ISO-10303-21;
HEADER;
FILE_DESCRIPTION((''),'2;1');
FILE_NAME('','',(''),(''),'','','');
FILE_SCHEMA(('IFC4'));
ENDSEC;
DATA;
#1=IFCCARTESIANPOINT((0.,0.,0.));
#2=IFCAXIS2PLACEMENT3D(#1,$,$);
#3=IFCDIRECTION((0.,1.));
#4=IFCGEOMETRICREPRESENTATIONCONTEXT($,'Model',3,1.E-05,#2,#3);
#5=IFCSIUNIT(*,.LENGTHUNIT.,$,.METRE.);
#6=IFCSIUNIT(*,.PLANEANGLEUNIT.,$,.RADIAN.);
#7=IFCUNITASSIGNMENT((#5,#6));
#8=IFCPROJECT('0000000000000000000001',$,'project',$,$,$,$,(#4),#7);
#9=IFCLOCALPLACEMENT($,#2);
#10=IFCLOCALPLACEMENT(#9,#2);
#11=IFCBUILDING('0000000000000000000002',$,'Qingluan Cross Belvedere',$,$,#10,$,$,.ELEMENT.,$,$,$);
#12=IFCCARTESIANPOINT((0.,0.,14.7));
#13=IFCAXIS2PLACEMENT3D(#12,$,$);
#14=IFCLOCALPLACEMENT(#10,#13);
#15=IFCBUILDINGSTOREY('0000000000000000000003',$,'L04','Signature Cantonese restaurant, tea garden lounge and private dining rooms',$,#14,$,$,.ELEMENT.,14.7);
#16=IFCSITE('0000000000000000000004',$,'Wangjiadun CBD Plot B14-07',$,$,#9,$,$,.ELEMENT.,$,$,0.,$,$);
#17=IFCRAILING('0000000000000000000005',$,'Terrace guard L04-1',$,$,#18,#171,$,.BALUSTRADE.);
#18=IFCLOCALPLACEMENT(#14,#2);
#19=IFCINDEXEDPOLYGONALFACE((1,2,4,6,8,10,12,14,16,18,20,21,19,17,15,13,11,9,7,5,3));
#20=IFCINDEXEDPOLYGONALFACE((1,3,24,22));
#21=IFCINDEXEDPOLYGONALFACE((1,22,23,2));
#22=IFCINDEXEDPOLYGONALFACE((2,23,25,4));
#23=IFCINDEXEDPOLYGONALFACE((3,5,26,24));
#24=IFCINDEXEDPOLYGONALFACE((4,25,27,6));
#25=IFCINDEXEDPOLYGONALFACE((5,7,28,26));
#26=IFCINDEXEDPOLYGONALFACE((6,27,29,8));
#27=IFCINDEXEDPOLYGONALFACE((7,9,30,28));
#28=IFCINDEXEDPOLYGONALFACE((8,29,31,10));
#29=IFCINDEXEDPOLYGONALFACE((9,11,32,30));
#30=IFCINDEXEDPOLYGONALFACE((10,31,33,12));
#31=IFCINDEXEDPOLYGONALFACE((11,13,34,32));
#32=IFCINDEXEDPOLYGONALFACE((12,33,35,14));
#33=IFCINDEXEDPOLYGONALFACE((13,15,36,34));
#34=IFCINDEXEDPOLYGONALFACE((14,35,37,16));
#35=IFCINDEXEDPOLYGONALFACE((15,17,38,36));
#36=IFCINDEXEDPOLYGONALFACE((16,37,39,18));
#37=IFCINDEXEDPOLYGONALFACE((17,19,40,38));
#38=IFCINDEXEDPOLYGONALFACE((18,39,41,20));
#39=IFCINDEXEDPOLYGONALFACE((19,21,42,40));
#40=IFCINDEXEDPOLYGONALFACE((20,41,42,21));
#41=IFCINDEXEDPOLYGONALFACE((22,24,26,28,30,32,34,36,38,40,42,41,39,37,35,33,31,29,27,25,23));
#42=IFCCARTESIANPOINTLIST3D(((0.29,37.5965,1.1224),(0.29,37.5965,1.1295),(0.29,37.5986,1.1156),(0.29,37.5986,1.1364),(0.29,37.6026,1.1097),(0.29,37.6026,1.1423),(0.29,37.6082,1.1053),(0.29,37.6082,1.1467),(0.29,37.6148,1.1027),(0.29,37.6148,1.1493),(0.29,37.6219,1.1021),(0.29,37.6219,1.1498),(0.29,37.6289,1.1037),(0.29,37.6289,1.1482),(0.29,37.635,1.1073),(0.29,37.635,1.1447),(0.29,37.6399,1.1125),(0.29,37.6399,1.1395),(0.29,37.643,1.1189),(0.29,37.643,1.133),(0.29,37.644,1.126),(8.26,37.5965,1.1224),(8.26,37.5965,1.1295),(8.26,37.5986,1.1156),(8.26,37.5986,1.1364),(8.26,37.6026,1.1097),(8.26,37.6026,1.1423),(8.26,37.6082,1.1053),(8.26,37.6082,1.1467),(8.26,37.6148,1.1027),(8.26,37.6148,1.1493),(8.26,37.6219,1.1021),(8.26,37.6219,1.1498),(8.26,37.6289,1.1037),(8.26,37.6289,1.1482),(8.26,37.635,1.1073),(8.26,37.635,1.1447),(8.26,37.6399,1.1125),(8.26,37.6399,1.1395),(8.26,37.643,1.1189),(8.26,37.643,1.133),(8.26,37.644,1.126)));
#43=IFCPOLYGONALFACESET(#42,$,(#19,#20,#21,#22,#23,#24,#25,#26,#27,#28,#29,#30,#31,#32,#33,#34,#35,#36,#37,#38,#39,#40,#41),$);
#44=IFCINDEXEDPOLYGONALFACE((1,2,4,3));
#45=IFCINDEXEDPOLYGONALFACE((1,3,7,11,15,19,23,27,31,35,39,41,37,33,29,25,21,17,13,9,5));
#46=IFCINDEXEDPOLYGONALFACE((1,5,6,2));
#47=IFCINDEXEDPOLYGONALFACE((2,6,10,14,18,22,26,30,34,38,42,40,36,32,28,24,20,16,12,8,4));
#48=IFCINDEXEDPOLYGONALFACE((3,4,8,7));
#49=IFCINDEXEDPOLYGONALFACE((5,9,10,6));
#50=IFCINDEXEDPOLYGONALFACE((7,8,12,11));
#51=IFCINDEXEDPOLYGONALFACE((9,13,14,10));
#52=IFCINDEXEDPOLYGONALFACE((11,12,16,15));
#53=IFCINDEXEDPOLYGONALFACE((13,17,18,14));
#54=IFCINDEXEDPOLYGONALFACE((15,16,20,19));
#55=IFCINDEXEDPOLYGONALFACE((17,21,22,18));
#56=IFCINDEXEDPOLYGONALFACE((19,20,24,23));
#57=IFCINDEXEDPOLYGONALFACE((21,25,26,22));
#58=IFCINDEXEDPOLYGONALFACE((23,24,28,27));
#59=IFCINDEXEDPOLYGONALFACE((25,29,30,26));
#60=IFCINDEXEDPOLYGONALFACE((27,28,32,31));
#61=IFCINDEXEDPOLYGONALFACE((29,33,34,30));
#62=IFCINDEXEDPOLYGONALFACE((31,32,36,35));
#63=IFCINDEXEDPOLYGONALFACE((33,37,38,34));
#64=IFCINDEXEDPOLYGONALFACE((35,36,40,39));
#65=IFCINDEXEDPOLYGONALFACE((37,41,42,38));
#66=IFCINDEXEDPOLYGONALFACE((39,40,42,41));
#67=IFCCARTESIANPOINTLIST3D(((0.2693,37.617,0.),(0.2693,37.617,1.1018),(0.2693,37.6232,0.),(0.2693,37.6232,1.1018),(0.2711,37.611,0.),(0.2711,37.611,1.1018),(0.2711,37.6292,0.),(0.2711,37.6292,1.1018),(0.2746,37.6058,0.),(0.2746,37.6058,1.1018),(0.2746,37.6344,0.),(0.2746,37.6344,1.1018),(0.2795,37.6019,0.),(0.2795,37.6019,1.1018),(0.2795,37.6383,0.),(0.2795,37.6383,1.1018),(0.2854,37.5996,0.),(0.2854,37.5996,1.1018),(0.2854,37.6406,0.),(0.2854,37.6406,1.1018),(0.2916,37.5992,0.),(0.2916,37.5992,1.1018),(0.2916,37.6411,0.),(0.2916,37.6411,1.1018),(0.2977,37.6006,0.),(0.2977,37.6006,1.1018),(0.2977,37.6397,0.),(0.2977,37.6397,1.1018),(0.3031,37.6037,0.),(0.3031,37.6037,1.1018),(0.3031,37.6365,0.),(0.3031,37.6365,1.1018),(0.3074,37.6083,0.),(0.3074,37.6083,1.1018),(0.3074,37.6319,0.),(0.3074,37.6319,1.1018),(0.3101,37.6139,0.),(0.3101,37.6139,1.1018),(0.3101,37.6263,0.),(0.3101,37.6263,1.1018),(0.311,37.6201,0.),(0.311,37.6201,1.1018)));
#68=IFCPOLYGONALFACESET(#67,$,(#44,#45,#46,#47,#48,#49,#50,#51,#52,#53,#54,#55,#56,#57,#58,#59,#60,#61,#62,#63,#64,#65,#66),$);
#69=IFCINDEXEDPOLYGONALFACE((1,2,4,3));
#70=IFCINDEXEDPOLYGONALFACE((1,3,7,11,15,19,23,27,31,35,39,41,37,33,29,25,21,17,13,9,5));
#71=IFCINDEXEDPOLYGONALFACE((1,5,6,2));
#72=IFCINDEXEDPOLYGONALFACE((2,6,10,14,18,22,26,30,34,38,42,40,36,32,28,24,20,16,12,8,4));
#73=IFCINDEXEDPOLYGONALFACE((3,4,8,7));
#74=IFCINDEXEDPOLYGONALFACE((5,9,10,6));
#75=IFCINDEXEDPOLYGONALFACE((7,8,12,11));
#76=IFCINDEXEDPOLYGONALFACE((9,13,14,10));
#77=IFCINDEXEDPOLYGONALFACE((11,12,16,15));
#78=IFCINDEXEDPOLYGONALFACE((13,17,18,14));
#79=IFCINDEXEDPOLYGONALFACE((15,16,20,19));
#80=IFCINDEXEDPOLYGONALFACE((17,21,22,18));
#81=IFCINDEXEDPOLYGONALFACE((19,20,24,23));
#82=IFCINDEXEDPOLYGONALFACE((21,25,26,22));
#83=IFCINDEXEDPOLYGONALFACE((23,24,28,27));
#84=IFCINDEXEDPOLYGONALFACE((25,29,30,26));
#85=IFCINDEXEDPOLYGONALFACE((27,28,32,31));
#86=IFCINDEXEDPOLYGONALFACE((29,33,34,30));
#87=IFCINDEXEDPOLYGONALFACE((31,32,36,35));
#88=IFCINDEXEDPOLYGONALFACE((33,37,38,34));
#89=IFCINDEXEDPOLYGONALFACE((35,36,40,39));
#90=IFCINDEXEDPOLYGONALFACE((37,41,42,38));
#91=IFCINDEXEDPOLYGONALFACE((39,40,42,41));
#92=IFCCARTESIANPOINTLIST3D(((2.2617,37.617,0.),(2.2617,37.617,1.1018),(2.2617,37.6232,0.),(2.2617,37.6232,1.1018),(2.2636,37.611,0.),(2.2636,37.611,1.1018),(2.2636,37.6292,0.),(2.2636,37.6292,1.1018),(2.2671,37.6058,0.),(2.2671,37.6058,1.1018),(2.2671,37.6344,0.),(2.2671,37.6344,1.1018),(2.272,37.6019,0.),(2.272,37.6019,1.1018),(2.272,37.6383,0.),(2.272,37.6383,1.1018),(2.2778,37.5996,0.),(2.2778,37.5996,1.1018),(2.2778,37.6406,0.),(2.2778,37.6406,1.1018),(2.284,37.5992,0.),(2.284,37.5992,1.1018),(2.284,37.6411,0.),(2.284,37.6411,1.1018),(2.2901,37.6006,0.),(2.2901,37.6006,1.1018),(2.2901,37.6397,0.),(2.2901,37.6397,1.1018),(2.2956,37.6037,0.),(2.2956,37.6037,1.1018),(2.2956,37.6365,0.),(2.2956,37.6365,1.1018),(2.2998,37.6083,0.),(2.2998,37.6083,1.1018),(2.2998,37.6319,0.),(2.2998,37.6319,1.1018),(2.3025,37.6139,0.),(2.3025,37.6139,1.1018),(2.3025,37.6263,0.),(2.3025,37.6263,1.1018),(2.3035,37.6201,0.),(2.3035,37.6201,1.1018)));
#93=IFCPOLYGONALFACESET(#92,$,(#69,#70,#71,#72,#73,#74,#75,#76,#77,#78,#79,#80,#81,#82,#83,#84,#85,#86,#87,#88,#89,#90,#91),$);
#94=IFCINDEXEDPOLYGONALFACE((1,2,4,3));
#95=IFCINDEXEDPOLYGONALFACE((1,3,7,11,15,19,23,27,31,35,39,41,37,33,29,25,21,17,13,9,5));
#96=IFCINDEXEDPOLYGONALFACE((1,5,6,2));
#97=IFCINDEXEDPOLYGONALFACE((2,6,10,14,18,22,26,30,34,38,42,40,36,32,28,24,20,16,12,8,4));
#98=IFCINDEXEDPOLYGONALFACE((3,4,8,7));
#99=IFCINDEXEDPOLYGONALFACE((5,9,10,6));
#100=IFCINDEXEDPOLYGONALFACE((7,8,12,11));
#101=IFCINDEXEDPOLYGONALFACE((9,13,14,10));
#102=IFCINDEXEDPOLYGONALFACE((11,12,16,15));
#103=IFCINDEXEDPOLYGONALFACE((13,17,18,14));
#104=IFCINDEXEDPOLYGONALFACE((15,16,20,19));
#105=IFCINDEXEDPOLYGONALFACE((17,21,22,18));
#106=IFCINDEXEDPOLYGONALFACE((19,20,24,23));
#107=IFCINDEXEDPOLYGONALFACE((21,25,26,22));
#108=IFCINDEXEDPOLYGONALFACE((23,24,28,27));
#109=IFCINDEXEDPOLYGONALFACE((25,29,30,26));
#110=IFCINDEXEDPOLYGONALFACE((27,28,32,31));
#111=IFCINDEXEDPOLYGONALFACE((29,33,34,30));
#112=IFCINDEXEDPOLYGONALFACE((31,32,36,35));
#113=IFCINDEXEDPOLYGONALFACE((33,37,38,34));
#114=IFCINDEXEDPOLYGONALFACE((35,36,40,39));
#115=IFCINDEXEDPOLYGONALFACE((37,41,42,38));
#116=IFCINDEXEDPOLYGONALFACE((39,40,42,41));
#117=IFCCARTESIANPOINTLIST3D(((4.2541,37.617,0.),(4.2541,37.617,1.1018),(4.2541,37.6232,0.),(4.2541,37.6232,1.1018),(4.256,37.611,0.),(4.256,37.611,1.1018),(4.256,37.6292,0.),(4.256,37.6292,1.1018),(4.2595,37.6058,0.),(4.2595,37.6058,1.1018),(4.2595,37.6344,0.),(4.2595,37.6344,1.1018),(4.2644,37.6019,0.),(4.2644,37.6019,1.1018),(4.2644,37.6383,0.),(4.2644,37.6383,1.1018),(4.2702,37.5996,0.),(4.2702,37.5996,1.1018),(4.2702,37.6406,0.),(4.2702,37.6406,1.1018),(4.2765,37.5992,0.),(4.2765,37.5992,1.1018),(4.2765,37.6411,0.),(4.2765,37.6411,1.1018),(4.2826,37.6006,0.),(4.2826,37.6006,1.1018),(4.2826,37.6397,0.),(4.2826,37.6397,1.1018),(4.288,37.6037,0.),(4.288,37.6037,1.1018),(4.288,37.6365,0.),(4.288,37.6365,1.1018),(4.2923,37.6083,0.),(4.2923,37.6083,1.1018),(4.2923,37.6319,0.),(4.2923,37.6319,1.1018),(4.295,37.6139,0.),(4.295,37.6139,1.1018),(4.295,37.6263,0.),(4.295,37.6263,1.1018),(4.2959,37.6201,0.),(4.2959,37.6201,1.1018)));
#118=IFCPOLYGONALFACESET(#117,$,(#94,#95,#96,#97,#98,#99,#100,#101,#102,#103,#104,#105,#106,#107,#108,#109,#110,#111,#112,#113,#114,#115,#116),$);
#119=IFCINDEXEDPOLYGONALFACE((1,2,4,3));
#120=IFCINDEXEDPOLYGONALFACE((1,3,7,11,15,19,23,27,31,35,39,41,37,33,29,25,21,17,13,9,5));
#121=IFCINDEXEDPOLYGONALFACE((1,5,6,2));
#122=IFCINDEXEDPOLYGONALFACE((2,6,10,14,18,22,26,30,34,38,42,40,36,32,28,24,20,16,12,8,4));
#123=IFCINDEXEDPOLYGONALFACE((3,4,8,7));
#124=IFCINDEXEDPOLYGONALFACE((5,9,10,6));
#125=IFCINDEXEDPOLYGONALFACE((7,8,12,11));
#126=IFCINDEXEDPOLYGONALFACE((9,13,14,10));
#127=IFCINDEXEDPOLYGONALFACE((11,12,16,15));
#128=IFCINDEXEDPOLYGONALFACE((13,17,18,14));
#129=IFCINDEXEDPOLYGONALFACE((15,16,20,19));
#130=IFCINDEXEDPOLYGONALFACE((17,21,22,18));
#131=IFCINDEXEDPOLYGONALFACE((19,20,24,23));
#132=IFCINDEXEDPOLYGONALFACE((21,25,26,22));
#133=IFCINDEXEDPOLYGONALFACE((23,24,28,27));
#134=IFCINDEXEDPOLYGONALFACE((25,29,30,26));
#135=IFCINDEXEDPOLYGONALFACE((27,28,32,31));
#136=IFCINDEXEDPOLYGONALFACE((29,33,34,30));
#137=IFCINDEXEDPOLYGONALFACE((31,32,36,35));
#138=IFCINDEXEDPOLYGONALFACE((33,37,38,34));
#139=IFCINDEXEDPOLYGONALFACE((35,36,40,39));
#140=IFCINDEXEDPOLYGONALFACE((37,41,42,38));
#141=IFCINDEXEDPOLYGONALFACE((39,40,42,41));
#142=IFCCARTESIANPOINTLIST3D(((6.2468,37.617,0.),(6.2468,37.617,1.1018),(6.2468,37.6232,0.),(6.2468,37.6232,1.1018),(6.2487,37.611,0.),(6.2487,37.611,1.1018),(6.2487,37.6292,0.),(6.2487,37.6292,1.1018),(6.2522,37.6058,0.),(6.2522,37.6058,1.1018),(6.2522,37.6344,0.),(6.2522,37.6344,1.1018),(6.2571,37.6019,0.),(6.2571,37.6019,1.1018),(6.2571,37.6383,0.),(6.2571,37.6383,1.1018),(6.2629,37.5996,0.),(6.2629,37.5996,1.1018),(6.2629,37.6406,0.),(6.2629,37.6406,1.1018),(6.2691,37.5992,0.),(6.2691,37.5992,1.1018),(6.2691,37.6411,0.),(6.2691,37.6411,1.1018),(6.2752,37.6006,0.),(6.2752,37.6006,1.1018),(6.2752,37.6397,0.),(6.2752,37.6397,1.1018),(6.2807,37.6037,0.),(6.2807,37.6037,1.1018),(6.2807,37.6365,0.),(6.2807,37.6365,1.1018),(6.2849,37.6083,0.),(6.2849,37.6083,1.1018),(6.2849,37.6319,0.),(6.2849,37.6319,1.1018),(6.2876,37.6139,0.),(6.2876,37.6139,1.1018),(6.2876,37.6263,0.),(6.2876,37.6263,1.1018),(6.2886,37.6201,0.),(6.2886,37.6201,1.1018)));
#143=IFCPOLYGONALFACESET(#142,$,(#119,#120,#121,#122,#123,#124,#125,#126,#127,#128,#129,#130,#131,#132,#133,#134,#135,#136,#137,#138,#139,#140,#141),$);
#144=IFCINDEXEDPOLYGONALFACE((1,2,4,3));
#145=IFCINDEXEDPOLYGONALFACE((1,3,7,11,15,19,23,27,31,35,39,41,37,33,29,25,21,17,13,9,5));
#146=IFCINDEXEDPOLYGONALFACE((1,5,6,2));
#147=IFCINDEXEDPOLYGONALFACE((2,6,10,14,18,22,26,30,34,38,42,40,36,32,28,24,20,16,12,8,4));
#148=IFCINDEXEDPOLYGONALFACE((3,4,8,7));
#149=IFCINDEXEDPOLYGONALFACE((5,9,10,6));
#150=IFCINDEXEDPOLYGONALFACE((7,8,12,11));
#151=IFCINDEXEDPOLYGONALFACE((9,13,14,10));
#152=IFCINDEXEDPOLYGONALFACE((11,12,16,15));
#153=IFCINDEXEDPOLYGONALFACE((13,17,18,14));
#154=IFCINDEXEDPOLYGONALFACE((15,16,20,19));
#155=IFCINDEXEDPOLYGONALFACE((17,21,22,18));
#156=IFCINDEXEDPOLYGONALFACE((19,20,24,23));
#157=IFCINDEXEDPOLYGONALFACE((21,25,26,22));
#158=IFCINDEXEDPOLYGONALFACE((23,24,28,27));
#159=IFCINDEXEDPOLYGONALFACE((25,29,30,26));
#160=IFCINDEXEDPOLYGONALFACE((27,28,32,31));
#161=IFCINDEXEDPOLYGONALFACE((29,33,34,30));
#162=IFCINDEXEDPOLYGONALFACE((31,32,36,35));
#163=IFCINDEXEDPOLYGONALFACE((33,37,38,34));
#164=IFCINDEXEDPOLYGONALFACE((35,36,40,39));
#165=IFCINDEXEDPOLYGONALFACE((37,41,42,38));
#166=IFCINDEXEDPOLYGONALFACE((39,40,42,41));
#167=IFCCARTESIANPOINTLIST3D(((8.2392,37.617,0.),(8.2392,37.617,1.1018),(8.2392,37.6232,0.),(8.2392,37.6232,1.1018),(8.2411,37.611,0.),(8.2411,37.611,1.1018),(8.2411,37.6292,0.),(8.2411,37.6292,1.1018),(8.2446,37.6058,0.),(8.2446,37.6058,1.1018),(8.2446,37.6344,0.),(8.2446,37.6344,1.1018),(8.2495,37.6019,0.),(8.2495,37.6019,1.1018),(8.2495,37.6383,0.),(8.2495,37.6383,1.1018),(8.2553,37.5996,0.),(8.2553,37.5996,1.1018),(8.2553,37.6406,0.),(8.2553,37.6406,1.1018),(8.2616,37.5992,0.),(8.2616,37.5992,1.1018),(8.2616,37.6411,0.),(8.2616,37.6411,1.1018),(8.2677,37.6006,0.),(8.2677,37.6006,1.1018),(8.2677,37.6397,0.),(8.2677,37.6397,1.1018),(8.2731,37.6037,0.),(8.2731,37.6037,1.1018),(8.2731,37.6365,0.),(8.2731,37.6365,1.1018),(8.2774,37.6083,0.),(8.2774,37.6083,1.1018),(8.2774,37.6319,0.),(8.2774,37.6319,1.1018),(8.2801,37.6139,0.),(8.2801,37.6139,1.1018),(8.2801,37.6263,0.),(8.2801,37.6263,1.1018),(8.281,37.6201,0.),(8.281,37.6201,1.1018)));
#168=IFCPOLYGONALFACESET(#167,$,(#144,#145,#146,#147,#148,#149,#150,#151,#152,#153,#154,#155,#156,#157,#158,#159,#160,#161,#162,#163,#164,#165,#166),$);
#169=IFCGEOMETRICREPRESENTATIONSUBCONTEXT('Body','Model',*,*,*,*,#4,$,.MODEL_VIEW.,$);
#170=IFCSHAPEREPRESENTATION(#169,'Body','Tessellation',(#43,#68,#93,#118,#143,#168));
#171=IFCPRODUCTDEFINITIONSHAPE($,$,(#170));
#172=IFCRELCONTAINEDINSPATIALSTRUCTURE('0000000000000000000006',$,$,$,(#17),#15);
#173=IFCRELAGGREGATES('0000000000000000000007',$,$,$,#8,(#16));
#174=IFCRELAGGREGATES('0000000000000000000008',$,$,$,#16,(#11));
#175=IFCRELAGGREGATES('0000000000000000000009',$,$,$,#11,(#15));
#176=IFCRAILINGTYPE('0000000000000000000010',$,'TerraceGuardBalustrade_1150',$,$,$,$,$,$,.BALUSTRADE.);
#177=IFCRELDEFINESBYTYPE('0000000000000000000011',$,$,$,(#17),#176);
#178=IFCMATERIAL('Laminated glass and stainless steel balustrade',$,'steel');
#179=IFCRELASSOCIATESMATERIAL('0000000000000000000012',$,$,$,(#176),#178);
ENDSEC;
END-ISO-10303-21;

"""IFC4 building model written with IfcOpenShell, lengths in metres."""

from ifc_helpers import new_model, si_unit, direction, frame, origin, origin_2d, place, context, subcontext, project, spatial, circle, extrude, material, type_object, element, save


model = new_model("IFC4")

# Units and contexts
model_context = context("Model", 3, precision=1e-05, world=origin(), true_north=direction((0.0, 1.0)))
body_context = subcontext(model_context, "Body", "Model", "MODEL_VIEW")
ifc_project = project(units=[si_unit("LENGTHUNIT", "METRE"), si_unit("PLANEANGLEUNIT", "RADIAN")], contexts=[model_context])

# Site, building, storey
site_placement = place(None, origin())
site = spatial("IfcSite", under=ifc_project, at=site_placement, Name="Wangjiadun CBD Plot B14-07", CompositionType="ELEMENT", RefElevation=0.0)
building_placement = place(site_placement, origin())
building = spatial("IfcBuilding", under=site, at=building_placement, Name="Qingluan Cross Belvedere", CompositionType="ELEMENT")
storey_placement = place(building_placement, frame((0.0, 0.0, 14.7)))
storey = spatial("IfcBuildingStorey", under=building, at=storey_placement, Name="L04", Description="Signature Cantonese restaurant, tea garden lounge and private dining rooms", CompositionType="ELEMENT", Elevation=14.7)

# Railing
ifc_material_1 = material(Name="Laminated glass and stainless steel balustrade", Category="steel")
railing_type = type_object("IfcRailingType", Name="TerraceGuardBalustrade_1150", PredefinedType="BALUSTRADE", material=ifc_material_1)
railing_placement = place(storey_placement, frame((0.29, 37.6201, 0.0)))
element("IfcRailing", 1, at=railing_placement, inside=storey, type_object=railing_type, Name="Terrace guard L04-1", PredefinedType="BALUSTRADE", context=body_context, shape_type="SweptSolid", body=[
    extrude(circle(Radius=0.0239, at=origin_2d()), frame((0.0, 0.0, 1.126), z_axis=(1.0, 0.0, 0.0), x_axis=(0.0, 1.0, 0.0)), (0.0, 0.0, 1.0), 7.97),
    extrude(circle(Radius=0.021, at=origin_2d()), origin(), (0.0, 0.0, 1.0), 1.1018),
    extrude(circle(Radius=0.021, at=origin_2d()), frame((1.9924, 0.0, 0.0)), (0.0, 0.0, 1.0), 1.1018),
    extrude(circle(Radius=0.021, at=origin_2d()), frame((3.9849, 0.0, 0.0)), (0.0, 0.0, 1.0), 1.1018),
    extrude(circle(Radius=0.021, at=origin_2d()), frame((5.9775, 0.0, 0.0)), (0.0, 0.0, 1.0), 1.1018),
    extrude(circle(Radius=0.021, at=origin_2d()), frame((7.97, 0.0, 0.0)), (0.0, 0.0, 1.0), 1.1018),
])

save(model, "model.ifc")
